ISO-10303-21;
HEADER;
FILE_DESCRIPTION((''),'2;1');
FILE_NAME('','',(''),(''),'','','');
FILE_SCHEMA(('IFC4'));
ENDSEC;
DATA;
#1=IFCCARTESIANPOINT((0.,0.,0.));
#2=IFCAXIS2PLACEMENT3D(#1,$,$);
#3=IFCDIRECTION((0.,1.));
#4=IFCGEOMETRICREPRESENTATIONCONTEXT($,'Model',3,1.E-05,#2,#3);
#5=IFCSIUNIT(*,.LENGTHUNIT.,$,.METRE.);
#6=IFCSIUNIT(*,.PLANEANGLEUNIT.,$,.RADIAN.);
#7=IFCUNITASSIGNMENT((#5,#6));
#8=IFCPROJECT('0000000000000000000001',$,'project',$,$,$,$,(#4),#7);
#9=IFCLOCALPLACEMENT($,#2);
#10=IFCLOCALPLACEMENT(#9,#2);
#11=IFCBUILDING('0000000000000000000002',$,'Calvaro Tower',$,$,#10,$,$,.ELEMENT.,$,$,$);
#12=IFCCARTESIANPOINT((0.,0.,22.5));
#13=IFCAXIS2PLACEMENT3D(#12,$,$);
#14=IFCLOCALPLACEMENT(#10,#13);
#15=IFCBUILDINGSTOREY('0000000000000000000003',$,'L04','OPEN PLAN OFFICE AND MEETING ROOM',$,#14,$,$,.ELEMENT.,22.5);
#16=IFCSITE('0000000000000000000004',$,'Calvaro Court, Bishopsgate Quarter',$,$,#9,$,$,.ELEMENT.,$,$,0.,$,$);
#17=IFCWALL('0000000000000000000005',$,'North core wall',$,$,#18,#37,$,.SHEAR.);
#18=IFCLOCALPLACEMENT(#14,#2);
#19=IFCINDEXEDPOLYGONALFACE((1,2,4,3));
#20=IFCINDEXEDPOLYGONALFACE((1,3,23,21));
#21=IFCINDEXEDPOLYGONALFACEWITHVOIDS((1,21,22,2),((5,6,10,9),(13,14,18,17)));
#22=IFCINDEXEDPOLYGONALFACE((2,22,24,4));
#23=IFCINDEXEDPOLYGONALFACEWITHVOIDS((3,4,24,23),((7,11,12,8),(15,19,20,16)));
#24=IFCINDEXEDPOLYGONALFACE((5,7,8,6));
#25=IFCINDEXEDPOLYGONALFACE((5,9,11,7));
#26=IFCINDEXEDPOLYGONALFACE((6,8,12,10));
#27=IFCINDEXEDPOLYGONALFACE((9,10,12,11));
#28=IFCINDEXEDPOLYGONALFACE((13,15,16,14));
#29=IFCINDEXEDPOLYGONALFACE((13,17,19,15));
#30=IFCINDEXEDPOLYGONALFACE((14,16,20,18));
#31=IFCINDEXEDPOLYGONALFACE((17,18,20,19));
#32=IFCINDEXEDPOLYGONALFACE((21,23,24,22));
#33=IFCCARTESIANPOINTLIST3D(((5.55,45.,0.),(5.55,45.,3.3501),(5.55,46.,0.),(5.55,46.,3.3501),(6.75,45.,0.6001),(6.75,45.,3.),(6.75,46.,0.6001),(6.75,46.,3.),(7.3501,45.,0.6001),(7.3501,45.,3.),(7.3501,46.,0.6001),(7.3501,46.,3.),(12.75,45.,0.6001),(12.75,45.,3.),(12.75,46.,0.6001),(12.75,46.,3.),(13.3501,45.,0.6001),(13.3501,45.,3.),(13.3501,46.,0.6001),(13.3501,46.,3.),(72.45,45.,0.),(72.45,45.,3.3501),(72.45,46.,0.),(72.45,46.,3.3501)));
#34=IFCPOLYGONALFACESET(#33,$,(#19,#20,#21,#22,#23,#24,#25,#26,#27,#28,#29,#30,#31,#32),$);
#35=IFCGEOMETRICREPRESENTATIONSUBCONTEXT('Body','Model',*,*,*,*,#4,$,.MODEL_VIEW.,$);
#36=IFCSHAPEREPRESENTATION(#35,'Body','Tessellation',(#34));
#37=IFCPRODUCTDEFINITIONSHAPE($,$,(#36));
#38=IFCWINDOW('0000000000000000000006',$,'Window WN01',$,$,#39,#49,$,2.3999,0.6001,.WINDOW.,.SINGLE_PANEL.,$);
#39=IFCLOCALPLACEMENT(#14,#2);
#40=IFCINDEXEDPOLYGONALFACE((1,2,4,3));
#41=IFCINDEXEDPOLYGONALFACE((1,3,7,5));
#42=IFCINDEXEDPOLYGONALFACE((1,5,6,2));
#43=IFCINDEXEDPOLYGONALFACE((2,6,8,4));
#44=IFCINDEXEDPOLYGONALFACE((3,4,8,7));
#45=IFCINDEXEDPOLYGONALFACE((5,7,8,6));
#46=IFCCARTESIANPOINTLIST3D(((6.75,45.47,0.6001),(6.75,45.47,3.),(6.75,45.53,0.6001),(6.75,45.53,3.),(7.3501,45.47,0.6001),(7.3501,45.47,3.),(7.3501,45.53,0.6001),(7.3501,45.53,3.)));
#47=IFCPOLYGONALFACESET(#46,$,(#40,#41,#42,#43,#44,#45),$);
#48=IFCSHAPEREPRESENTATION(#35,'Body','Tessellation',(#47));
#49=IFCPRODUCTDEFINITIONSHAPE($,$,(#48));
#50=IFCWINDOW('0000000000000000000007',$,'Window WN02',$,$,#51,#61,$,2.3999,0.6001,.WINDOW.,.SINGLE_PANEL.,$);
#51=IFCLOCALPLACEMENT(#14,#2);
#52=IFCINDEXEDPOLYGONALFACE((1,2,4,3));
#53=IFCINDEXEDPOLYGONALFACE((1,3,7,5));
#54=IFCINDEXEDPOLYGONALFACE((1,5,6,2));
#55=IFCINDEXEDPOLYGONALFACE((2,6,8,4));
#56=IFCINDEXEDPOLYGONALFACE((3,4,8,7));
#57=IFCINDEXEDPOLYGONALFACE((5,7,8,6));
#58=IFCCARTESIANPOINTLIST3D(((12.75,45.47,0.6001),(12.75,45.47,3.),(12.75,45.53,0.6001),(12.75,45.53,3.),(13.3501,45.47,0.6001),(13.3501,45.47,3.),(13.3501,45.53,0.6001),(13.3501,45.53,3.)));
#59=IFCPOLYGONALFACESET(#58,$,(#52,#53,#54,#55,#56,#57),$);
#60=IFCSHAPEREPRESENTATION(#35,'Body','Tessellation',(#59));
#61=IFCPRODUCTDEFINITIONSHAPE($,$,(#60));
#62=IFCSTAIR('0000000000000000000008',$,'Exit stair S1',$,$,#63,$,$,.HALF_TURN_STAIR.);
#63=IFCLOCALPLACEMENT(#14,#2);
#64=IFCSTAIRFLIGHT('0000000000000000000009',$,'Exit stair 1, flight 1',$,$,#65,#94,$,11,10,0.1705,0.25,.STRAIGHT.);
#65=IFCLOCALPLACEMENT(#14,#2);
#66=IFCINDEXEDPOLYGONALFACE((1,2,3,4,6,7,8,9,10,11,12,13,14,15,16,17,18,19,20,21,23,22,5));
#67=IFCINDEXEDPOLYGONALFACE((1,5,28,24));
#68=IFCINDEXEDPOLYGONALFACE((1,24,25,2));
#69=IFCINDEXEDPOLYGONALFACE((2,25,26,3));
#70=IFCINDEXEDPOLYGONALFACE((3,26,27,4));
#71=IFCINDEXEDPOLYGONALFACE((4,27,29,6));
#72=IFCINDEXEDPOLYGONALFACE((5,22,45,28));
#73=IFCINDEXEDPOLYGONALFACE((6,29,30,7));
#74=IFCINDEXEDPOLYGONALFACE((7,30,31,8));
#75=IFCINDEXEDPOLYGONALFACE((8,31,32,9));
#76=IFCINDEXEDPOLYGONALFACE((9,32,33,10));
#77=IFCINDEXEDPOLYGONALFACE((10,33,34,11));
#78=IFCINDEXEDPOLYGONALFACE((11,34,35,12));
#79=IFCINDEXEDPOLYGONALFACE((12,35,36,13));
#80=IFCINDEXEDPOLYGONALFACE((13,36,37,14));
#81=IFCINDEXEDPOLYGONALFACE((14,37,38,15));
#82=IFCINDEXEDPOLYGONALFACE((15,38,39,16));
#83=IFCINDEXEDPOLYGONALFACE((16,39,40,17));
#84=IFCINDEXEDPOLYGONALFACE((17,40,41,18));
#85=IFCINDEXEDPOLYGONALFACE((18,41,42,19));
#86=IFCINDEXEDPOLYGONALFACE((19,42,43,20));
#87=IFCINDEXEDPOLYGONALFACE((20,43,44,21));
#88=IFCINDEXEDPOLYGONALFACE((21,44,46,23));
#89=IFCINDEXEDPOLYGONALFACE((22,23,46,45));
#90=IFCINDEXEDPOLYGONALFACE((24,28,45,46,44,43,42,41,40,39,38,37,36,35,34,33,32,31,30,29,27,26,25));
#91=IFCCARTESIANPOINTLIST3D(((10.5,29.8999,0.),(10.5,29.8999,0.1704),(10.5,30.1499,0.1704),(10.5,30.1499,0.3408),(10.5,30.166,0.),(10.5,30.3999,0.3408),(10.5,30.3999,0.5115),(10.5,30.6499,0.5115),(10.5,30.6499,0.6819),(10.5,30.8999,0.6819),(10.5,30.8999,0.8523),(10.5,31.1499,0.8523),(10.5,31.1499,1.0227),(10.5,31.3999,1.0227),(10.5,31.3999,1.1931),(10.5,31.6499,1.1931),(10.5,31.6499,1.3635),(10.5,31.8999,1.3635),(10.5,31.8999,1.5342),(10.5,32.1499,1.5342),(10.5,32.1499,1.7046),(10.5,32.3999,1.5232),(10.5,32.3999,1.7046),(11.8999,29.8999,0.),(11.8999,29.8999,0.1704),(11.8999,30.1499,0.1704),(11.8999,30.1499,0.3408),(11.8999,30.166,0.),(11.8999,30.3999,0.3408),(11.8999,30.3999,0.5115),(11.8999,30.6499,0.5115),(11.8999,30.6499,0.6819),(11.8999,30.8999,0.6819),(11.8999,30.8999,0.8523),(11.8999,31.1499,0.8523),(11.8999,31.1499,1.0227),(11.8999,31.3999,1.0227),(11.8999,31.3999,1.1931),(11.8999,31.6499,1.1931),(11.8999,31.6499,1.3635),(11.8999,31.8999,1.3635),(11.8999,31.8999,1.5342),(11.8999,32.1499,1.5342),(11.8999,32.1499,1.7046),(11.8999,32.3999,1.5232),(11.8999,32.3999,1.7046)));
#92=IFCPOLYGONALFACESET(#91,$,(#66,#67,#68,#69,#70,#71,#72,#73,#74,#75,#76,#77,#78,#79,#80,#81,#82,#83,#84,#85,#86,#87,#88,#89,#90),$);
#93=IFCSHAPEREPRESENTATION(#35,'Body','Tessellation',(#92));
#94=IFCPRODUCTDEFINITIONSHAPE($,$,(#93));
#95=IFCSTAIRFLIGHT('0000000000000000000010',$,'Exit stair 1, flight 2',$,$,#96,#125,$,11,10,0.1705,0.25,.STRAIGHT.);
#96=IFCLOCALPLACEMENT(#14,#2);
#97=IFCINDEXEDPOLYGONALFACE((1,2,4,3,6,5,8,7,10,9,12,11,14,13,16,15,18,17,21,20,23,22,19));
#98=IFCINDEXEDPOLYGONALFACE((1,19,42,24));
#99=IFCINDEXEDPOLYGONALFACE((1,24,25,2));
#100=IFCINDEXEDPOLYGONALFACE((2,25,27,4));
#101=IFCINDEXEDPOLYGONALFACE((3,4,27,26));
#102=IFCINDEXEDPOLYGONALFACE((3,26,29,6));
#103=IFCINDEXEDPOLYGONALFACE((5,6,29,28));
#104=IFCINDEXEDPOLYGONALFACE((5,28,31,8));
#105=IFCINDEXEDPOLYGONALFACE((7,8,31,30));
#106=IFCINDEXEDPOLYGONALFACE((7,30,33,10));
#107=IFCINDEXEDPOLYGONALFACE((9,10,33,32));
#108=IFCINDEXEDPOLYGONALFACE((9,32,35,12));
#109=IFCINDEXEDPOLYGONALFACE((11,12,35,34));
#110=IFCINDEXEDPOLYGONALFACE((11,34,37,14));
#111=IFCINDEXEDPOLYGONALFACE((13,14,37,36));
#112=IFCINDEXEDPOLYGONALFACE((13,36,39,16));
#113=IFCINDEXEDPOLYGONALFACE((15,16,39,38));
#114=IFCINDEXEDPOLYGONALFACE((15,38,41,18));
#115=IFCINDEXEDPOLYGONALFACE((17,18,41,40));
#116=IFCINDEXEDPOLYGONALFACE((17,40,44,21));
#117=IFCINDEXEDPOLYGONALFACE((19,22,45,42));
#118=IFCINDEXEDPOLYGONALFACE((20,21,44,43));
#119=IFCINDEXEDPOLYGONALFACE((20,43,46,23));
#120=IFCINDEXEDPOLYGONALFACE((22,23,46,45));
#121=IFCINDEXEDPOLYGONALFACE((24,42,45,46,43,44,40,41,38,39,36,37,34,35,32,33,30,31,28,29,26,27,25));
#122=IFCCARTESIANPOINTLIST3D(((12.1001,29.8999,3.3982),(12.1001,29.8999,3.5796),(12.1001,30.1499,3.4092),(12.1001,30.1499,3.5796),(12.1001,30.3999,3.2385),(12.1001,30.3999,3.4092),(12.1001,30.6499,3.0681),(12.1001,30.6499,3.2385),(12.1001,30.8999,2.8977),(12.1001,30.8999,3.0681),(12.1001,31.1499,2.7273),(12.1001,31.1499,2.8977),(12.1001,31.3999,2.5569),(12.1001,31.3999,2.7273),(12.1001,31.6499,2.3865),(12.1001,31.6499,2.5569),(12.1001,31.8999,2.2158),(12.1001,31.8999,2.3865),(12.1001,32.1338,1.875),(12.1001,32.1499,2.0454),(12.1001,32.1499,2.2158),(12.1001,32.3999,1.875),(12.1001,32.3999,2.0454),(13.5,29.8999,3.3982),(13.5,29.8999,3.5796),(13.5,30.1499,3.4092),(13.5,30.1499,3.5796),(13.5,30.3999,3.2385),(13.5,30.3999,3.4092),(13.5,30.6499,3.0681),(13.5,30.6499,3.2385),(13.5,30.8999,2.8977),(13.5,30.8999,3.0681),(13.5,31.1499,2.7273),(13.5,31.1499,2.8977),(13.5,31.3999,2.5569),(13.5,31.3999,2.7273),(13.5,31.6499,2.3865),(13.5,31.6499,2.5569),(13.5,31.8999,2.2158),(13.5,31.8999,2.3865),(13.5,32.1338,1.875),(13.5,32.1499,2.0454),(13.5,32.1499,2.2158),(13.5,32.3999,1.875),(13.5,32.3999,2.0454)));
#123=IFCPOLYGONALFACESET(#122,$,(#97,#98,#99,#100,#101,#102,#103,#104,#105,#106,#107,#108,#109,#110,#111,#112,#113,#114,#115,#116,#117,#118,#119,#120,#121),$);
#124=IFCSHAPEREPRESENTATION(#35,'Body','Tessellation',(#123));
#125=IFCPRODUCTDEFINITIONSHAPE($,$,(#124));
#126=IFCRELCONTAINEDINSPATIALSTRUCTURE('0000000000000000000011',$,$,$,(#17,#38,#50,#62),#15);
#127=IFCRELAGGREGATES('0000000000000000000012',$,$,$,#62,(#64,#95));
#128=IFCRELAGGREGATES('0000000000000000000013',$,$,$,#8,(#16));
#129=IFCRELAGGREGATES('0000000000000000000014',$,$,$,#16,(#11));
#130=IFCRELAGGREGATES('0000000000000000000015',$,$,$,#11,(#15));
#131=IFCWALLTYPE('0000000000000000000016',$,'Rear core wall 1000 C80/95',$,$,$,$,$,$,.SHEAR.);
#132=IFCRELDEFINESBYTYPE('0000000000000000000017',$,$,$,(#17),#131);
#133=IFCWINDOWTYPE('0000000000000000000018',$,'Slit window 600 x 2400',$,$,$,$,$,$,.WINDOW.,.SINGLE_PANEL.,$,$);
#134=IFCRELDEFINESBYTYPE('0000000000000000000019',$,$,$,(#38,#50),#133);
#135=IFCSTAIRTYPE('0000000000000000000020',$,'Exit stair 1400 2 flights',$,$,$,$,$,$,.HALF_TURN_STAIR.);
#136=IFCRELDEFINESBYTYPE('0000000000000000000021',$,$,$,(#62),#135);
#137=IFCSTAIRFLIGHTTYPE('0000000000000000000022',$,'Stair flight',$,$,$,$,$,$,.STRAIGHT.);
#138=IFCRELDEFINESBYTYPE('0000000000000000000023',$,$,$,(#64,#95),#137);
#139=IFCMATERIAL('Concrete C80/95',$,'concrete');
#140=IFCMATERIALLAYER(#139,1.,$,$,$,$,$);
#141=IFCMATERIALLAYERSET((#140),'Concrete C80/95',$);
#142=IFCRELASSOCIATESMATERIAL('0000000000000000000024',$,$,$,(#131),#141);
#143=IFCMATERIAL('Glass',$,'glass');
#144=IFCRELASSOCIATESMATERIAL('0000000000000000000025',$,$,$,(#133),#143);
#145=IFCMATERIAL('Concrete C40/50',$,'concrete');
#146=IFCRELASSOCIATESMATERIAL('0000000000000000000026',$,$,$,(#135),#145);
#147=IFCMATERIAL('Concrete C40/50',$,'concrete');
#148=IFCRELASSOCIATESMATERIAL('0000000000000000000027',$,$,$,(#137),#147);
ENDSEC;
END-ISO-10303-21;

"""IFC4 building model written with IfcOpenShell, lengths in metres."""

from ifc_helpers import new_model, si_unit, direction, frame, frame_2d, origin, place, context, subcontext, project, spatial, polyline, rectangle, outline, extrude, material, layer, layer_set, type_object, element, fill, aggregate, save


model = new_model("IFC4")

# Units and contexts
model_context = context("Model", 3, precision=1e-05, world=origin(), true_north=direction((0.0, 1.0)))
body_context = subcontext(model_context, "Body", "Model", "MODEL_VIEW")
ifc_project = project(units=[si_unit("LENGTHUNIT", "METRE"), si_unit("PLANEANGLEUNIT", "RADIAN")], contexts=[model_context])

# Site, building, storey
site_placement = place(None, origin())
site = spatial("IfcSite", under=ifc_project, at=site_placement, Name="Calvaro Court, Bishopsgate Quarter", CompositionType="ELEMENT", RefElevation=0.0)
building_placement = place(site_placement, origin())
building = spatial("IfcBuilding", under=site, at=building_placement, Name="Calvaro Tower", CompositionType="ELEMENT")
storey_placement = place(building_placement, frame((0.0, 0.0, 22.5)))
storey = spatial("IfcBuildingStorey", under=building, at=storey_placement, Name="L04", Description="OPEN PLAN OFFICE AND MEETING ROOM", CompositionType="ELEMENT", Elevation=22.5)

# Wall, openings, windows
ifc_material_1 = material(Name="Concrete C80/95", Category="concrete")
ifc_layer_1 = layer(ifc_material_1, 1.0)
ifc_layer_set_1 = layer_set([ifc_layer_1], Name="Concrete C80/95")
wall_type_1 = type_object("IfcWallType", Name="Rear core wall 1000 C80/95", PredefinedType="SHEAR", material=ifc_layer_set_1)
wall_1_placement = place(storey_placement, frame((5.55, 45.5, 0.0), z_axis=(0.0, 0.0, 1.0), x_axis=(1.0, 0.0, 0.0)))
wall_1 = element("IfcWall", 1, at=wall_1_placement, inside=storey, type_object=wall_type_1, Name="North core wall", PredefinedType="SHEAR", context=body_context, shape_type="SweptSolid", body=[
    extrude(rectangle(XDim=66.8999, YDim=1.0, at=frame_2d((33.45, 0.0))), origin(), (0.0, 0.0, 1.0), 3.3501),
])
opening_1_placement = place(wall_1_placement, frame((1.2, 0.0, 0.6001)))
opening_1 = element("IfcOpeningElement", 2, at=opening_1_placement, cuts=wall_1, PredefinedType="OPENING", context=body_context, shape_type="SweptSolid", body=[
    extrude(rectangle(XDim=0.6001, YDim=2.3999, at=frame_2d((0.3, 1.2))), frame((0.0, 0.51, 0.0), z_axis=(0.0, -1.0, 0.0), x_axis=(1.0, 0.0, 0.0)), (0.0, 0.0, 1.0), 1.02),
])
opening_2_placement = place(wall_1_placement, frame((7.2, 0.0, 0.6001)))
opening_2 = element("IfcOpeningElement", 3, at=opening_2_placement, cuts=wall_1, PredefinedType="OPENING", context=body_context, shape_type="SweptSolid", body=[
    extrude(rectangle(XDim=0.6001, YDim=2.3999, at=frame_2d((0.3, 1.2))), frame((0.0, 0.51, 0.0), z_axis=(0.0, -1.0, 0.0), x_axis=(1.0, 0.0, 0.0)), (0.0, 0.0, 1.0), 1.02),
])
ifc_material_2 = material(Name="Glass", Category="glass")
window_type = type_object("IfcWindowType", Name="Slit window 600 x 2400", PartitioningType="SINGLE_PANEL", PredefinedType="WINDOW", material=ifc_material_2)
window_1_placement = place(opening_1_placement, origin())
window_1 = element("IfcWindow", 4, at=window_1_placement, inside=storey, type_object=window_type, Name="Window WN01", OverallHeight=2.3999, OverallWidth=0.6001, PartitioningType="SINGLE_PANEL", PredefinedType="WINDOW", context=body_context, shape_type="SweptSolid", body=[
    extrude(rectangle(XDim=0.6001, YDim=2.3999, at=frame_2d((0.3, 1.2))), frame((0.0, 0.03, 0.0), z_axis=(0.0, -1.0, 0.0), x_axis=(1.0, 0.0, 0.0)), (0.0, 0.0, 1.0), 0.0601),
])
fill(opening_1, window_1)
window_2_placement = place(opening_2_placement, origin())
window_2 = element("IfcWindow", 5, at=window_2_placement, inside=storey, type_object=window_type, Name="Window WN02", OverallHeight=2.3999, OverallWidth=0.6001, PartitioningType="SINGLE_PANEL", PredefinedType="WINDOW", context=body_context, shape_type="SweptSolid", body=[
    extrude(rectangle(XDim=0.6001, YDim=2.3999, at=frame_2d((0.3, 1.2))), frame((0.0, 0.03, 0.0), z_axis=(0.0, -1.0, 0.0), x_axis=(1.0, 0.0, 0.0)), (0.0, 0.0, 1.0), 0.0601),
])
fill(opening_2, window_2)

# Stair, stair flights
ifc_material_3 = material(Name="Concrete C40/50", Category="concrete")
stair_type = type_object("IfcStairType", Name="Exit stair 1400 2 flights", PredefinedType="HALF_TURN_STAIR", material=ifc_material_3)
stair_placement = place(storey_placement, origin())
stair = element("IfcStair", 6, at=stair_placement, inside=storey, type_object=stair_type, Name="Exit stair S1", PredefinedType="HALF_TURN_STAIR")
ifc_material_4 = material(Name="Concrete C40/50", Category="concrete")
stair_flight_type = type_object("IfcStairFlightType", Name="Stair flight", PredefinedType="STRAIGHT", material=ifc_material_4)
stair_flight_1_placement = place(storey_placement, frame((11.2, 29.8999, 0.0), z_axis=(0.0, 0.0, 1.0), x_axis=(0.0, 1.0, 0.0)))
stair_flight_1 = element("IfcStairFlight", 7, at=stair_flight_1_placement, type_object=stair_flight_type, Name="Exit stair 1, flight 1", NumberOfRisers=11, NumberOfTreads=10, PredefinedType="STRAIGHT", RiserHeight=0.1705, TreadLength=0.25, context=body_context, shape_type="SweptSolid", body=[
    extrude(outline(polyline([(0.0, 0.0), (0.0, 0.1704), (0.25, 0.1704), (0.25, 0.3408), (0.5, 0.3408), (0.5, 0.5115), (0.75, 0.5115), (0.75, 0.6819), (1.0, 0.6819), (1.0, 0.8523), (1.25, 0.8523), (1.25, 1.0227), (1.5, 1.0227), (1.5, 1.1931), (1.75, 1.1931), (1.75, 1.3635), (2.0, 1.3635), (2.0, 1.5342), (2.25, 1.5342), (2.25, 1.7046), (2.5, 1.7046), (2.5, 1.875), (2.5, 1.5232), (0.2661, 0.0), (0.0, 0.0)])), frame((0.0, 0.7, 0.0), z_axis=(0.0, -1.0, 0.0), x_axis=(1.0, 0.0, 0.0)), (0.0, 0.0, 1.0), 1.3999),
])
stair_flight_2_placement = place(storey_placement, frame((12.8, 32.3999, 1.875), z_axis=(0.0, 0.0, 1.0), x_axis=(0.0, -1.0, 0.0)))
stair_flight_2 = element("IfcStairFlight", 8, at=stair_flight_2_placement, type_object=stair_flight_type, Name="Exit stair 1, flight 2", NumberOfRisers=11, NumberOfTreads=10, PredefinedType="STRAIGHT", RiserHeight=0.1705, TreadLength=0.25, context=body_context, shape_type="SweptSolid", body=[
    extrude(outline(polyline([(0.0, 0.0), (0.0, 0.1704), (0.25, 0.1704), (0.25, 0.3408), (0.5, 0.3408), (0.5, 0.5115), (0.75, 0.5115), (0.75, 0.6819), (1.0, 0.6819), (1.0, 0.8523), (1.25, 0.8523), (1.25, 1.0227), (1.5, 1.0227), (1.5, 1.1931), (1.75, 1.1931), (1.75, 1.3635), (2.0, 1.3635), (2.0, 1.5342), (2.25, 1.5342), (2.25, 1.7046), (2.5, 1.7046), (2.5, 1.875), (2.5, 1.5232), (0.2661, 0.0), (0.0, 0.0)])), frame((0.0, 0.7, 0.0), z_axis=(0.0, -1.0, 0.0), x_axis=(1.0, 0.0, 0.0)), (0.0, 0.0, 1.0), 1.3999),
])
aggregate(stair, [stair_flight_1, stair_flight_2])

save(model, "model.ifc")
